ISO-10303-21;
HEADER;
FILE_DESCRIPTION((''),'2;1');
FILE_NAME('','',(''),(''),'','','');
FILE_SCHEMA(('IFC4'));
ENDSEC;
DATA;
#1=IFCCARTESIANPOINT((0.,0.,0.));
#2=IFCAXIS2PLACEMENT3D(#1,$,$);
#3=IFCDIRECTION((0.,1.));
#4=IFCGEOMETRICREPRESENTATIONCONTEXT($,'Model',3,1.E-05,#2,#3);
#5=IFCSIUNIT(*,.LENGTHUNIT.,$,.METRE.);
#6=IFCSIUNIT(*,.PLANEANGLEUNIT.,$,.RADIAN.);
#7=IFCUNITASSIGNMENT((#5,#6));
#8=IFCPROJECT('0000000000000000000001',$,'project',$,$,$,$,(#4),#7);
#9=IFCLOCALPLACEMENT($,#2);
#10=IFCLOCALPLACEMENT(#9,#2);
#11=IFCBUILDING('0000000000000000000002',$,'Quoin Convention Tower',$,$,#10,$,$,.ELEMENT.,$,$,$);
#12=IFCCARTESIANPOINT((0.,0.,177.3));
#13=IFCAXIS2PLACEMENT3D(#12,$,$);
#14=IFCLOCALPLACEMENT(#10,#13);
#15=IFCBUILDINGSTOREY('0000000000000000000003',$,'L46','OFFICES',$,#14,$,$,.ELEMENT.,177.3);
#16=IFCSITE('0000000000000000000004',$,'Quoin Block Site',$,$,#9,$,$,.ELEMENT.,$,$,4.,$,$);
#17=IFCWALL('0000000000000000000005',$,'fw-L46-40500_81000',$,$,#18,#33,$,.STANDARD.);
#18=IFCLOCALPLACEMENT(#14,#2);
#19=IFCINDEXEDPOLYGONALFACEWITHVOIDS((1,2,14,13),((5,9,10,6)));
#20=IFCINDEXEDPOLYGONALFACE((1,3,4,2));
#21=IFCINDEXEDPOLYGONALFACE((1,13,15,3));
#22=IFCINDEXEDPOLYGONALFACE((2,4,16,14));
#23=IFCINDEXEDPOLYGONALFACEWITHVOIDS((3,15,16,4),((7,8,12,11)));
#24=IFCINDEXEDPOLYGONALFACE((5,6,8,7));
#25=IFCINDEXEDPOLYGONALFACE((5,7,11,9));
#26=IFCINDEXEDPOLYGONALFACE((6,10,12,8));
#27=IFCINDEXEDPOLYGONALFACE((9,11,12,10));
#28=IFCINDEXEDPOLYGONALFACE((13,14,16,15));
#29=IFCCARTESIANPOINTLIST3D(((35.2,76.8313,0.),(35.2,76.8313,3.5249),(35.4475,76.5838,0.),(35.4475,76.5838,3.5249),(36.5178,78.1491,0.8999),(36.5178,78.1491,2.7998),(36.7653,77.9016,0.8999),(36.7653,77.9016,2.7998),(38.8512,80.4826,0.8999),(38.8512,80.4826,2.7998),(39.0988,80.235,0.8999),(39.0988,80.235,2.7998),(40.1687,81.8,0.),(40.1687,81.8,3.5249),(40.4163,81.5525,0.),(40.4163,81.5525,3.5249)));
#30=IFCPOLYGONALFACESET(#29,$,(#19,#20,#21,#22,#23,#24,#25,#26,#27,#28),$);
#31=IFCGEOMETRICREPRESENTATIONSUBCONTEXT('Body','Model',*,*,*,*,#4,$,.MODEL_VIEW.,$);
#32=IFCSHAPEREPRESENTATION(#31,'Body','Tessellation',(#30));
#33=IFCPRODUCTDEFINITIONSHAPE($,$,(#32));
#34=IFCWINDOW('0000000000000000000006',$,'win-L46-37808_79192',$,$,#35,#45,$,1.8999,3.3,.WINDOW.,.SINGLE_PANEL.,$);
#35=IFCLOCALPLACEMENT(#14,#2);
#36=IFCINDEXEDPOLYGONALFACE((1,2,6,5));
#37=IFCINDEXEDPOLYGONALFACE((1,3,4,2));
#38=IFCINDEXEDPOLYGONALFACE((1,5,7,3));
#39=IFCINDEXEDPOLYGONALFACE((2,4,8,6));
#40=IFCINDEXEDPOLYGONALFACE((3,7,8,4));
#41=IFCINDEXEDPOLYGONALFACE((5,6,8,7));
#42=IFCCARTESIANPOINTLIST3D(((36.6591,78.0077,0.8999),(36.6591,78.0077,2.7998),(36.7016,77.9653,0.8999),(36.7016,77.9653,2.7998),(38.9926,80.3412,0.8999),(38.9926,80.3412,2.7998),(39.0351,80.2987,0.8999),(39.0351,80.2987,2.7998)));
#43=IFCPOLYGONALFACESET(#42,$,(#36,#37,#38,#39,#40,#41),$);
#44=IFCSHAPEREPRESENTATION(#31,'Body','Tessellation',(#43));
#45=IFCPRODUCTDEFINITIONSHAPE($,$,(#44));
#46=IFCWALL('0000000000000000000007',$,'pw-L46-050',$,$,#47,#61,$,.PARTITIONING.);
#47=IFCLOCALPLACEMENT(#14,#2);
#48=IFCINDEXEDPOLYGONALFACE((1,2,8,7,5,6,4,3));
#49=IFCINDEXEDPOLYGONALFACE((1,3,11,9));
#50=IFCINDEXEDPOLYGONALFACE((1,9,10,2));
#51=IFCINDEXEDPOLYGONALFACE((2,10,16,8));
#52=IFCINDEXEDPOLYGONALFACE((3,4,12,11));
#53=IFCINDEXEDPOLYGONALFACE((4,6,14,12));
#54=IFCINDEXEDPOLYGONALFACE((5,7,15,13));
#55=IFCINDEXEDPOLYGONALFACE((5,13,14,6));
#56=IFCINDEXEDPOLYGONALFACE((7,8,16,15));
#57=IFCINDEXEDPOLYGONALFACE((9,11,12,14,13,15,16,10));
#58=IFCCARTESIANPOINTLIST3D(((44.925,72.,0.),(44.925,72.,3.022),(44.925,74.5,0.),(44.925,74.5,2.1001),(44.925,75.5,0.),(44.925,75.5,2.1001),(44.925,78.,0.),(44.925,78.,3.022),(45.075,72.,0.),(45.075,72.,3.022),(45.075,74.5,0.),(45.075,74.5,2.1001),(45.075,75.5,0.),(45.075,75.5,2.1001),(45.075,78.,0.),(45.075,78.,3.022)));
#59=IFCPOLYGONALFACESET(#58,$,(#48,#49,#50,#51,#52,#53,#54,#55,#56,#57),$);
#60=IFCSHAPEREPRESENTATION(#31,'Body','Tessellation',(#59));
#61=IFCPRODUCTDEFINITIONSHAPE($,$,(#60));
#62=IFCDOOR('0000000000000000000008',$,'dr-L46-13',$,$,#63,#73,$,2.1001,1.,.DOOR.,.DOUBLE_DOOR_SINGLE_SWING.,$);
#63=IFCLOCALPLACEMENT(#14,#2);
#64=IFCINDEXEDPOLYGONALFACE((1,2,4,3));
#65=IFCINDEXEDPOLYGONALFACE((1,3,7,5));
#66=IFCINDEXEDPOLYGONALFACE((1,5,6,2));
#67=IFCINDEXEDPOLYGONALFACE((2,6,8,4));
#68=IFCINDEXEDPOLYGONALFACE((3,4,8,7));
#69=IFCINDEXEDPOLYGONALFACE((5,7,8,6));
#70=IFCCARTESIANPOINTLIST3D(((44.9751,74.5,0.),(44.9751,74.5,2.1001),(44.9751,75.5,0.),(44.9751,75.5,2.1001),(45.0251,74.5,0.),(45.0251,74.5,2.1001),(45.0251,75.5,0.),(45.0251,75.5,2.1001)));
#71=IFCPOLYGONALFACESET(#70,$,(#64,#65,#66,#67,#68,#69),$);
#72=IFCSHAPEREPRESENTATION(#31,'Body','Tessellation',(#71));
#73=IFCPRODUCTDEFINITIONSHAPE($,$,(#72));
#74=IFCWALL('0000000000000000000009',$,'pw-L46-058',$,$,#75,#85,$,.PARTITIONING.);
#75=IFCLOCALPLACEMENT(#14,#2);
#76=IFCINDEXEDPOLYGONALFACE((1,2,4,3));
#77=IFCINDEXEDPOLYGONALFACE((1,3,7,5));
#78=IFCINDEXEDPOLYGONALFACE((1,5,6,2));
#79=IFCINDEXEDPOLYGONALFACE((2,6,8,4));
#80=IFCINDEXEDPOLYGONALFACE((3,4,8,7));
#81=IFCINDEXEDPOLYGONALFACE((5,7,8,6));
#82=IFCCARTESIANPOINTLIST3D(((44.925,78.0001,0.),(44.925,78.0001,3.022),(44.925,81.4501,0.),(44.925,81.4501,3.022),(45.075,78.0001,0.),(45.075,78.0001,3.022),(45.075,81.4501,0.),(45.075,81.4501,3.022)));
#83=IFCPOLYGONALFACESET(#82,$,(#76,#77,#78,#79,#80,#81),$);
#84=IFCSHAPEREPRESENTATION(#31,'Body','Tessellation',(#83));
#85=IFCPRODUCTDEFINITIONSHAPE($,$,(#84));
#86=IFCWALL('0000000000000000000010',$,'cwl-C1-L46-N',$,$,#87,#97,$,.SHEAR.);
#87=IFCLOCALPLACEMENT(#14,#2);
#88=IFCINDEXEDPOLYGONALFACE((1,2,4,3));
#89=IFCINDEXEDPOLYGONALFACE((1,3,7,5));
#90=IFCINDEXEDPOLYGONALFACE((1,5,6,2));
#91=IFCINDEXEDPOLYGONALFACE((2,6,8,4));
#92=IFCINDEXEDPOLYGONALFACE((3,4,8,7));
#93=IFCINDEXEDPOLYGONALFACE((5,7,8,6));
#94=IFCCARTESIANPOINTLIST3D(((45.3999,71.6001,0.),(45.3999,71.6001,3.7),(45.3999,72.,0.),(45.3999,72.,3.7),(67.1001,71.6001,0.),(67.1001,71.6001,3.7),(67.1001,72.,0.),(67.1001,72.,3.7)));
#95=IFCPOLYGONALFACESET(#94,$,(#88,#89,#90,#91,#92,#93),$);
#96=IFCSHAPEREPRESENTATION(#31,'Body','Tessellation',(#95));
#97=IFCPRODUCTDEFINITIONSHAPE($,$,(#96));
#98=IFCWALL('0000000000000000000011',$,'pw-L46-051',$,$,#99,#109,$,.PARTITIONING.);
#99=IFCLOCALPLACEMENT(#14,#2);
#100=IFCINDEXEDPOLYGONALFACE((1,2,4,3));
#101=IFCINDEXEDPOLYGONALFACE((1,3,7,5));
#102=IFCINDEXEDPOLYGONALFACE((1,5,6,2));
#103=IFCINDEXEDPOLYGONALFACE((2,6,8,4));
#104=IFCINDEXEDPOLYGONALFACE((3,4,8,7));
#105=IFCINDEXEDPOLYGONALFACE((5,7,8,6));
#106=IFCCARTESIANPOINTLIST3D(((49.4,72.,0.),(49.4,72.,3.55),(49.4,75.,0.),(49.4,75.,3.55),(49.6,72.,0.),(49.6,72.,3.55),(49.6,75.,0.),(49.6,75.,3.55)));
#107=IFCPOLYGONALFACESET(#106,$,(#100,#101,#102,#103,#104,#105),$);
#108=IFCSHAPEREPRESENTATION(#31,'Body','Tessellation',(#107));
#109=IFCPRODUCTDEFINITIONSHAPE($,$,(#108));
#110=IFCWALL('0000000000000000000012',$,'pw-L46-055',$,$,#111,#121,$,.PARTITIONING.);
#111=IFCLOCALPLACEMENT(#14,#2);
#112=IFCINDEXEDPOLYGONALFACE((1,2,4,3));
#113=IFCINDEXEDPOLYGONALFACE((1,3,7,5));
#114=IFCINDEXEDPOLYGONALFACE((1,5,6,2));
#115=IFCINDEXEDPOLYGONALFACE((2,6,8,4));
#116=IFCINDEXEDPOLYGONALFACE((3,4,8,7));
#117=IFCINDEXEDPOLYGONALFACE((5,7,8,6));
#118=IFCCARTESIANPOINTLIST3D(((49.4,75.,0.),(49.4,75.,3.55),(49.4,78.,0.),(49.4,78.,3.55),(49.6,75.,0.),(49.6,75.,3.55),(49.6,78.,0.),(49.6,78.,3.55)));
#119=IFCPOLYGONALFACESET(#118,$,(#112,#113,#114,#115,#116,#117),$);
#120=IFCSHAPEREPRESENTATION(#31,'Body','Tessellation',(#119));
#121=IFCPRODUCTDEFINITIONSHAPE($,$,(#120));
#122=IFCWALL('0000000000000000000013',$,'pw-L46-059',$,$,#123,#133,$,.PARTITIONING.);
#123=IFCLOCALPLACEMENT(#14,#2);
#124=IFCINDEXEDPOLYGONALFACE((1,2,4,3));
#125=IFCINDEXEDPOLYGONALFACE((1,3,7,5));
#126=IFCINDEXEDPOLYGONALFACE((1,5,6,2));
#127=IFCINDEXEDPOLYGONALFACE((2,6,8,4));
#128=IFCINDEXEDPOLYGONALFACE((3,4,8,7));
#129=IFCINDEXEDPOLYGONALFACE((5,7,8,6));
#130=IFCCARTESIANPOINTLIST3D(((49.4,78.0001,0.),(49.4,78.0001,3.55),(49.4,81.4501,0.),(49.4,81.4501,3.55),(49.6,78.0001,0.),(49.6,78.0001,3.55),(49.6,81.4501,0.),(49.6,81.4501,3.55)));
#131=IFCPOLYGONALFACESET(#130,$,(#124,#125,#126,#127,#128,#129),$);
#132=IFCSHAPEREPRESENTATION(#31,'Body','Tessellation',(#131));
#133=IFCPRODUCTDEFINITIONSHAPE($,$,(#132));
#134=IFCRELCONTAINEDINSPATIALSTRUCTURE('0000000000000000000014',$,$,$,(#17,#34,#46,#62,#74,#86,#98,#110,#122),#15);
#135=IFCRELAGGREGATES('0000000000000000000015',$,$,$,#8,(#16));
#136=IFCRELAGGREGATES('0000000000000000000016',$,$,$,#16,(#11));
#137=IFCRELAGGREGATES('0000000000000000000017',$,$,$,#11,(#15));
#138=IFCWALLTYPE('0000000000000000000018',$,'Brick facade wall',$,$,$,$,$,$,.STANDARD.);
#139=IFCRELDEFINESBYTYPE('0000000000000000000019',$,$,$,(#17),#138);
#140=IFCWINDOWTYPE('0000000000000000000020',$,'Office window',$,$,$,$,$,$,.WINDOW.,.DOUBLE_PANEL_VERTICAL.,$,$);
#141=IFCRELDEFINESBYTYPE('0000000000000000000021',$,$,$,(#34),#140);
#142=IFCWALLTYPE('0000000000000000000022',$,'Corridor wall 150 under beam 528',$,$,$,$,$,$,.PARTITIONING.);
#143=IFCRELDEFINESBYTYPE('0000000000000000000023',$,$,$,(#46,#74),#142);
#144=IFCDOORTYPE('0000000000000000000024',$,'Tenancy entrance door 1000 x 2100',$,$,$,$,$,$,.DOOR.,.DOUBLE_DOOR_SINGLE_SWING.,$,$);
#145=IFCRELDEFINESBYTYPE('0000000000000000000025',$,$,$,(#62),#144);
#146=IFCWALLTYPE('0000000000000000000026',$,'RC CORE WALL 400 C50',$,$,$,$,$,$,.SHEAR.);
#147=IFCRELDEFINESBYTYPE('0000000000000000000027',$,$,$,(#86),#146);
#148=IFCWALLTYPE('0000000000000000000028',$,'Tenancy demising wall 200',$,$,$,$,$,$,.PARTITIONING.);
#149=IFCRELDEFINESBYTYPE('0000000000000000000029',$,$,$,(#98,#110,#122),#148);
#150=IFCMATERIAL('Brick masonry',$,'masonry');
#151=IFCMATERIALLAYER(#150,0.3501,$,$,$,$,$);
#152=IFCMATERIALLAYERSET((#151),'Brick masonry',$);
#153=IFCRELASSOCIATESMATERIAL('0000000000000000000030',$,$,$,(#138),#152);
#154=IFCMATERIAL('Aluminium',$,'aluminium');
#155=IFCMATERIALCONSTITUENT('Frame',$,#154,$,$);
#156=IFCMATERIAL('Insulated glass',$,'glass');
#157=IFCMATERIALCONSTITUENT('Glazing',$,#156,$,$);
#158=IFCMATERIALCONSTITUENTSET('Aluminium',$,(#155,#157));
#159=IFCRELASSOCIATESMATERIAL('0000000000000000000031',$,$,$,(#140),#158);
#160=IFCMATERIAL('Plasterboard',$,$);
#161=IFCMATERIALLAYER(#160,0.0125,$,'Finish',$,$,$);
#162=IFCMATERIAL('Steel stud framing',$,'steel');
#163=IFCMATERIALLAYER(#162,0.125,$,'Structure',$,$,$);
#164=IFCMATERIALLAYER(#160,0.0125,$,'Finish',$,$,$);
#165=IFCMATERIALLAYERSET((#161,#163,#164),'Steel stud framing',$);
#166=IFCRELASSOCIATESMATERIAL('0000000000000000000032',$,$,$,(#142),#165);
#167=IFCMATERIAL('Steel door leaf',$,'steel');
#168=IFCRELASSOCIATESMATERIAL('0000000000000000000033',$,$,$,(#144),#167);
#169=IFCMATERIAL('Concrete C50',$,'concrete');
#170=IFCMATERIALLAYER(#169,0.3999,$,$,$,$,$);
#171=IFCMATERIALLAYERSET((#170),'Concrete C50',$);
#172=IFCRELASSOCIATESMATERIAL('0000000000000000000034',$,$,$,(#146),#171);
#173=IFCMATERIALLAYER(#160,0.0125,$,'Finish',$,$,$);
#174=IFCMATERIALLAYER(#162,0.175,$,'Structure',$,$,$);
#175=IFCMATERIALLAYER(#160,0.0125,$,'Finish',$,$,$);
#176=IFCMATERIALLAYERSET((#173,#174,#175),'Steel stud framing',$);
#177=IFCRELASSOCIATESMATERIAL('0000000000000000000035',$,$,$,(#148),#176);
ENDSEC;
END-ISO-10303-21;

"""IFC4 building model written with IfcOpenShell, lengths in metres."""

from ifc_helpers import new_model, si_unit, direction, frame, frame_2d, origin, place, context, subcontext, project, spatial, rectangle, extrude, material, layer, layer_set, constituent, constituent_set, type_object, element, fill, save


model = new_model("IFC4")

# Units and contexts
model_context = context("Model", 3, precision=1e-05, world=origin(), true_north=direction((0.0, 1.0)))
body_context = subcontext(model_context, "Body", "Model", "MODEL_VIEW")
ifc_project = project(units=[si_unit("LENGTHUNIT", "METRE"), si_unit("PLANEANGLEUNIT", "RADIAN")], contexts=[model_context])

# Site, building, storey
site_placement = place(None, origin())
site = spatial("IfcSite", under=ifc_project, at=site_placement, Name="Quoin Block Site", CompositionType="ELEMENT", RefElevation=4.0)
building_placement = place(site_placement, origin())
building = spatial("IfcBuilding", under=site, at=building_placement, Name="Quoin Convention Tower", CompositionType="ELEMENT")
storey_placement = place(building_placement, frame((0.0, 0.0, 177.3)))
storey = spatial("IfcBuildingStorey", under=building, at=storey_placement, Name="L46", Description="OFFICES", CompositionType="ELEMENT", Elevation=177.3)

# Shared definitions
ifc_material_1 = material(Name="Concrete C50", Category="concrete")

# Shared definitions
ifc_material_2 = material(Name="Plasterboard")
ifc_material_3 = material(Name="Steel stud framing", Category="steel")
ifc_material_4 = material(Name="Steel door leaf", Category="steel")

# Wall, opening, window
ifc_material_5 = material(Name="Brick masonry", Category="masonry")
ifc_layer_1 = layer(ifc_material_5, 0.3501)
ifc_layer_set_1 = layer_set([ifc_layer_1], Name="Brick masonry")
wall_type_1 = type_object("IfcWallType", Name="Brick facade wall", PredefinedType="STANDARD", material=ifc_layer_set_1)
wall_1_placement = place(storey_placement, frame((40.2925, 81.6763, 0.0), z_axis=(0.0, 0.0, 1.0), x_axis=(-0.707107, -0.707107, 0.0)))
wall_1 = element("IfcWall", 1, at=wall_1_placement, inside=storey, type_object=wall_type_1, Name="fw-L46-40500_81000", PredefinedType="STANDARD", context=body_context, shape_type="SweptSolid", body=[
    extrude(rectangle(XDim=7.0269, YDim=0.3501, at=frame_2d((3.5134, 0.0))), origin(), (0.0, 0.0, 1.0), 3.5249),
])
opening_1_placement = place(wall_1_placement, frame((1.8633, 0.0, 0.8999)))
opening_1 = element("IfcOpeningElement", 2, at=opening_1_placement, cuts=wall_1, PredefinedType="OPENING", context=body_context, shape_type="SweptSolid", body=[
    extrude(rectangle(XDim=3.3, YDim=1.8999, at=frame_2d((1.6499, 0.95))), frame((0.0, 0.1851, 0.0), z_axis=(0.0, -1.0, 0.0), x_axis=(1.0, 0.0, 0.0)), (0.0, 0.0, 1.0), 0.3701),
])
ifc_material_6 = material(Name="Aluminium", Category="aluminium")
ifc_constituent_1 = constituent(ifc_material_6, Name="Frame")
ifc_material_7 = material(Name="Insulated glass", Category="glass")
ifc_constituent_2 = constituent(ifc_material_7, Name="Glazing")
ifc_constituent_set = constituent_set(constituents=[ifc_constituent_1, ifc_constituent_2], Name="Aluminium")
window_type = type_object("IfcWindowType", Name="Office window", PartitioningType="DOUBLE_PANEL_VERTICAL", PredefinedType="WINDOW", material=ifc_constituent_set)
window_placement = place(opening_1_placement, origin())
window = element("IfcWindow", 3, at=window_placement, inside=storey, type_object=window_type, Name="win-L46-37808_79192", OverallHeight=1.8999, OverallWidth=3.3, PartitioningType="SINGLE_PANEL", PredefinedType="WINDOW", context=body_context, shape_type="SweptSolid", body=[
    extrude(rectangle(XDim=3.3, YDim=1.8999, at=frame_2d((1.6499, 0.95))), frame((0.0, 0.085, 0.0), z_axis=(0.0, -1.0, 0.0), x_axis=(1.0, 0.0, 0.0)), (0.0, 0.0, 1.0), 0.0601),
])
fill(opening_1, window)

# Wall, opening, door
ifc_layer_2 = layer(ifc_material_2, 0.0125, Name="Finish")
ifc_layer_3 = layer(ifc_material_3, 0.125, Name="Structure")
ifc_layer_4 = layer(ifc_material_2, 0.0125, Name="Finish")
ifc_layer_set_2 = layer_set([ifc_layer_2, ifc_layer_3, ifc_layer_4], Name="Steel stud framing")
wall_type_2 = type_object("IfcWallType", Name="Corridor wall 150 under beam 528", PredefinedType="PARTITIONING", material=ifc_layer_set_2)
wall_2_placement = place(storey_placement, frame((45.0, 72.0, 0.0), z_axis=(0.0, 0.0, 1.0), x_axis=(0.0, 1.0, 0.0)))
wall_2 = element("IfcWall", 4, at=wall_2_placement, inside=storey, type_object=wall_type_2, Name="pw-L46-050", PredefinedType="PARTITIONING", context=body_context, shape_type="SweptSolid", body=[
    extrude(rectangle(XDim=6.0, YDim=0.1499, at=frame_2d((3.0, 0.0))), origin(), (0.0, 0.0, 1.0), 3.022),
])
opening_2_placement = place(wall_2_placement, frame((2.5, 0.0, 0.0)))
opening_2 = element("IfcOpeningElement", 5, at=opening_2_placement, cuts=wall_2, PredefinedType="OPENING", context=body_context, shape_type="SweptSolid", body=[
    extrude(rectangle(XDim=1.0, YDim=2.1001, at=frame_2d((0.5, 1.05))), frame((0.0, 0.085, 0.0), z_axis=(0.0, -1.0, 0.0), x_axis=(1.0, 0.0, 0.0)), (0.0, 0.0, 1.0), 0.1699),
])
door_type_1 = type_object("IfcDoorType", Name="Tenancy entrance door 1000 x 2100", OperationType="DOUBLE_DOOR_SINGLE_SWING", PredefinedType="DOOR", material=ifc_material_4)
door_1_placement = place(opening_2_placement, origin())
door_1 = element("IfcDoor", 6, at=door_1_placement, inside=storey, type_object=door_type_1, Name="dr-L46-13", OperationType="DOUBLE_DOOR_SINGLE_SWING", OverallHeight=2.1001, OverallWidth=1.0, PredefinedType="DOOR", context=body_context, shape_type="SweptSolid", body=[
    extrude(rectangle(XDim=1.0, YDim=2.1001, at=frame_2d((0.5, 1.05))), frame((0.0, 0.0249, 0.0), z_axis=(0.0, -1.0, 0.0), x_axis=(1.0, 0.0, 0.0)), (0.0, 0.0, 1.0), 0.05),
])
fill(opening_2, door_1)

# Walls
wall_3_placement = place(storey_placement, frame((45.0, 78.0, 0.0), z_axis=(0.0, 0.0, 1.0), x_axis=(0.0, 1.0, 0.0)))
element("IfcWall", 7, at=wall_3_placement, inside=storey, type_object=wall_type_2, Name="pw-L46-058", PredefinedType="PARTITIONING", context=body_context, shape_type="SweptSolid", body=[
    extrude(rectangle(XDim=3.45, YDim=0.1499, at=frame_2d((1.7251, 0.0))), origin(), (0.0, 0.0, 1.0), 3.022),
])
ifc_layer_5 = layer(ifc_material_1, 0.3999)
ifc_layer_set_3 = layer_set([ifc_layer_5], Name="Concrete C50")
wall_type_3 = type_object("IfcWallType", Name="RC CORE WALL 400 C50", PredefinedType="SHEAR", material=ifc_layer_set_3)
wall_4_placement = place(storey_placement, frame((45.3999, 71.8, 0.0), z_axis=(0.0, 0.0, 1.0), x_axis=(1.0, 0.0, 0.0)))
element("IfcWall", 8, at=wall_4_placement, inside=storey, type_object=wall_type_3, Name="cwl-C1-L46-N", PredefinedType="SHEAR", context=body_context, shape_type="SweptSolid", body=[
    extrude(rectangle(XDim=21.7002, YDim=0.3999, at=frame_2d((10.8501, 0.0))), origin(), (0.0, 0.0, 1.0), 3.7),
])
ifc_layer_6 = layer(ifc_material_2, 0.0125, Name="Finish")
ifc_layer_7 = layer(ifc_material_3, 0.175, Name="Structure")
ifc_layer_8 = layer(ifc_material_2, 0.0125, Name="Finish")
ifc_layer_set_4 = layer_set([ifc_layer_6, ifc_layer_7, ifc_layer_8], Name="Steel stud framing")
wall_type_4 = type_object("IfcWallType", Name="Tenancy demising wall 200", PredefinedType="PARTITIONING", material=ifc_layer_set_4)
for number, where, z_axis, x_axis, name in (
    (9, (49.5, 72.0, 0.0), (0.0, 0.0, 1.0), (0.0, 1.0, 0.0), "pw-L46-051"),
    (10, (49.5, 75.0, 0.0), (0.0, 0.0, 1.0), (0.0, 1.0, 0.0), "pw-L46-055"),
):
    element("IfcWall", number, at=place(storey_placement, frame(where, z_axis=z_axis, x_axis=x_axis)), inside=storey, type_object=wall_type_4, Name=name, PredefinedType="PARTITIONING", context=body_context, shape_type="SweptSolid", body=[
        extrude(rectangle(XDim=3.0, YDim=0.2, at=frame_2d((1.5, 0.0))), origin(), (0.0, 0.0, 1.0), 3.55),
    ])
wall_5_placement = place(storey_placement, frame((49.5, 78.0, 0.0), z_axis=(0.0, 0.0, 1.0), x_axis=(0.0, 1.0, 0.0)))
element("IfcWall", 11, at=wall_5_placement, inside=storey, type_object=wall_type_4, Name="pw-L46-059", PredefinedType="PARTITIONING", context=body_context, shape_type="SweptSolid", body=[
    extrude(rectangle(XDim=3.45, YDim=0.2, at=frame_2d((1.7251, 0.0))), origin(), (0.0, 0.0, 1.0), 3.55),
])

save(model, "model.ifc")
